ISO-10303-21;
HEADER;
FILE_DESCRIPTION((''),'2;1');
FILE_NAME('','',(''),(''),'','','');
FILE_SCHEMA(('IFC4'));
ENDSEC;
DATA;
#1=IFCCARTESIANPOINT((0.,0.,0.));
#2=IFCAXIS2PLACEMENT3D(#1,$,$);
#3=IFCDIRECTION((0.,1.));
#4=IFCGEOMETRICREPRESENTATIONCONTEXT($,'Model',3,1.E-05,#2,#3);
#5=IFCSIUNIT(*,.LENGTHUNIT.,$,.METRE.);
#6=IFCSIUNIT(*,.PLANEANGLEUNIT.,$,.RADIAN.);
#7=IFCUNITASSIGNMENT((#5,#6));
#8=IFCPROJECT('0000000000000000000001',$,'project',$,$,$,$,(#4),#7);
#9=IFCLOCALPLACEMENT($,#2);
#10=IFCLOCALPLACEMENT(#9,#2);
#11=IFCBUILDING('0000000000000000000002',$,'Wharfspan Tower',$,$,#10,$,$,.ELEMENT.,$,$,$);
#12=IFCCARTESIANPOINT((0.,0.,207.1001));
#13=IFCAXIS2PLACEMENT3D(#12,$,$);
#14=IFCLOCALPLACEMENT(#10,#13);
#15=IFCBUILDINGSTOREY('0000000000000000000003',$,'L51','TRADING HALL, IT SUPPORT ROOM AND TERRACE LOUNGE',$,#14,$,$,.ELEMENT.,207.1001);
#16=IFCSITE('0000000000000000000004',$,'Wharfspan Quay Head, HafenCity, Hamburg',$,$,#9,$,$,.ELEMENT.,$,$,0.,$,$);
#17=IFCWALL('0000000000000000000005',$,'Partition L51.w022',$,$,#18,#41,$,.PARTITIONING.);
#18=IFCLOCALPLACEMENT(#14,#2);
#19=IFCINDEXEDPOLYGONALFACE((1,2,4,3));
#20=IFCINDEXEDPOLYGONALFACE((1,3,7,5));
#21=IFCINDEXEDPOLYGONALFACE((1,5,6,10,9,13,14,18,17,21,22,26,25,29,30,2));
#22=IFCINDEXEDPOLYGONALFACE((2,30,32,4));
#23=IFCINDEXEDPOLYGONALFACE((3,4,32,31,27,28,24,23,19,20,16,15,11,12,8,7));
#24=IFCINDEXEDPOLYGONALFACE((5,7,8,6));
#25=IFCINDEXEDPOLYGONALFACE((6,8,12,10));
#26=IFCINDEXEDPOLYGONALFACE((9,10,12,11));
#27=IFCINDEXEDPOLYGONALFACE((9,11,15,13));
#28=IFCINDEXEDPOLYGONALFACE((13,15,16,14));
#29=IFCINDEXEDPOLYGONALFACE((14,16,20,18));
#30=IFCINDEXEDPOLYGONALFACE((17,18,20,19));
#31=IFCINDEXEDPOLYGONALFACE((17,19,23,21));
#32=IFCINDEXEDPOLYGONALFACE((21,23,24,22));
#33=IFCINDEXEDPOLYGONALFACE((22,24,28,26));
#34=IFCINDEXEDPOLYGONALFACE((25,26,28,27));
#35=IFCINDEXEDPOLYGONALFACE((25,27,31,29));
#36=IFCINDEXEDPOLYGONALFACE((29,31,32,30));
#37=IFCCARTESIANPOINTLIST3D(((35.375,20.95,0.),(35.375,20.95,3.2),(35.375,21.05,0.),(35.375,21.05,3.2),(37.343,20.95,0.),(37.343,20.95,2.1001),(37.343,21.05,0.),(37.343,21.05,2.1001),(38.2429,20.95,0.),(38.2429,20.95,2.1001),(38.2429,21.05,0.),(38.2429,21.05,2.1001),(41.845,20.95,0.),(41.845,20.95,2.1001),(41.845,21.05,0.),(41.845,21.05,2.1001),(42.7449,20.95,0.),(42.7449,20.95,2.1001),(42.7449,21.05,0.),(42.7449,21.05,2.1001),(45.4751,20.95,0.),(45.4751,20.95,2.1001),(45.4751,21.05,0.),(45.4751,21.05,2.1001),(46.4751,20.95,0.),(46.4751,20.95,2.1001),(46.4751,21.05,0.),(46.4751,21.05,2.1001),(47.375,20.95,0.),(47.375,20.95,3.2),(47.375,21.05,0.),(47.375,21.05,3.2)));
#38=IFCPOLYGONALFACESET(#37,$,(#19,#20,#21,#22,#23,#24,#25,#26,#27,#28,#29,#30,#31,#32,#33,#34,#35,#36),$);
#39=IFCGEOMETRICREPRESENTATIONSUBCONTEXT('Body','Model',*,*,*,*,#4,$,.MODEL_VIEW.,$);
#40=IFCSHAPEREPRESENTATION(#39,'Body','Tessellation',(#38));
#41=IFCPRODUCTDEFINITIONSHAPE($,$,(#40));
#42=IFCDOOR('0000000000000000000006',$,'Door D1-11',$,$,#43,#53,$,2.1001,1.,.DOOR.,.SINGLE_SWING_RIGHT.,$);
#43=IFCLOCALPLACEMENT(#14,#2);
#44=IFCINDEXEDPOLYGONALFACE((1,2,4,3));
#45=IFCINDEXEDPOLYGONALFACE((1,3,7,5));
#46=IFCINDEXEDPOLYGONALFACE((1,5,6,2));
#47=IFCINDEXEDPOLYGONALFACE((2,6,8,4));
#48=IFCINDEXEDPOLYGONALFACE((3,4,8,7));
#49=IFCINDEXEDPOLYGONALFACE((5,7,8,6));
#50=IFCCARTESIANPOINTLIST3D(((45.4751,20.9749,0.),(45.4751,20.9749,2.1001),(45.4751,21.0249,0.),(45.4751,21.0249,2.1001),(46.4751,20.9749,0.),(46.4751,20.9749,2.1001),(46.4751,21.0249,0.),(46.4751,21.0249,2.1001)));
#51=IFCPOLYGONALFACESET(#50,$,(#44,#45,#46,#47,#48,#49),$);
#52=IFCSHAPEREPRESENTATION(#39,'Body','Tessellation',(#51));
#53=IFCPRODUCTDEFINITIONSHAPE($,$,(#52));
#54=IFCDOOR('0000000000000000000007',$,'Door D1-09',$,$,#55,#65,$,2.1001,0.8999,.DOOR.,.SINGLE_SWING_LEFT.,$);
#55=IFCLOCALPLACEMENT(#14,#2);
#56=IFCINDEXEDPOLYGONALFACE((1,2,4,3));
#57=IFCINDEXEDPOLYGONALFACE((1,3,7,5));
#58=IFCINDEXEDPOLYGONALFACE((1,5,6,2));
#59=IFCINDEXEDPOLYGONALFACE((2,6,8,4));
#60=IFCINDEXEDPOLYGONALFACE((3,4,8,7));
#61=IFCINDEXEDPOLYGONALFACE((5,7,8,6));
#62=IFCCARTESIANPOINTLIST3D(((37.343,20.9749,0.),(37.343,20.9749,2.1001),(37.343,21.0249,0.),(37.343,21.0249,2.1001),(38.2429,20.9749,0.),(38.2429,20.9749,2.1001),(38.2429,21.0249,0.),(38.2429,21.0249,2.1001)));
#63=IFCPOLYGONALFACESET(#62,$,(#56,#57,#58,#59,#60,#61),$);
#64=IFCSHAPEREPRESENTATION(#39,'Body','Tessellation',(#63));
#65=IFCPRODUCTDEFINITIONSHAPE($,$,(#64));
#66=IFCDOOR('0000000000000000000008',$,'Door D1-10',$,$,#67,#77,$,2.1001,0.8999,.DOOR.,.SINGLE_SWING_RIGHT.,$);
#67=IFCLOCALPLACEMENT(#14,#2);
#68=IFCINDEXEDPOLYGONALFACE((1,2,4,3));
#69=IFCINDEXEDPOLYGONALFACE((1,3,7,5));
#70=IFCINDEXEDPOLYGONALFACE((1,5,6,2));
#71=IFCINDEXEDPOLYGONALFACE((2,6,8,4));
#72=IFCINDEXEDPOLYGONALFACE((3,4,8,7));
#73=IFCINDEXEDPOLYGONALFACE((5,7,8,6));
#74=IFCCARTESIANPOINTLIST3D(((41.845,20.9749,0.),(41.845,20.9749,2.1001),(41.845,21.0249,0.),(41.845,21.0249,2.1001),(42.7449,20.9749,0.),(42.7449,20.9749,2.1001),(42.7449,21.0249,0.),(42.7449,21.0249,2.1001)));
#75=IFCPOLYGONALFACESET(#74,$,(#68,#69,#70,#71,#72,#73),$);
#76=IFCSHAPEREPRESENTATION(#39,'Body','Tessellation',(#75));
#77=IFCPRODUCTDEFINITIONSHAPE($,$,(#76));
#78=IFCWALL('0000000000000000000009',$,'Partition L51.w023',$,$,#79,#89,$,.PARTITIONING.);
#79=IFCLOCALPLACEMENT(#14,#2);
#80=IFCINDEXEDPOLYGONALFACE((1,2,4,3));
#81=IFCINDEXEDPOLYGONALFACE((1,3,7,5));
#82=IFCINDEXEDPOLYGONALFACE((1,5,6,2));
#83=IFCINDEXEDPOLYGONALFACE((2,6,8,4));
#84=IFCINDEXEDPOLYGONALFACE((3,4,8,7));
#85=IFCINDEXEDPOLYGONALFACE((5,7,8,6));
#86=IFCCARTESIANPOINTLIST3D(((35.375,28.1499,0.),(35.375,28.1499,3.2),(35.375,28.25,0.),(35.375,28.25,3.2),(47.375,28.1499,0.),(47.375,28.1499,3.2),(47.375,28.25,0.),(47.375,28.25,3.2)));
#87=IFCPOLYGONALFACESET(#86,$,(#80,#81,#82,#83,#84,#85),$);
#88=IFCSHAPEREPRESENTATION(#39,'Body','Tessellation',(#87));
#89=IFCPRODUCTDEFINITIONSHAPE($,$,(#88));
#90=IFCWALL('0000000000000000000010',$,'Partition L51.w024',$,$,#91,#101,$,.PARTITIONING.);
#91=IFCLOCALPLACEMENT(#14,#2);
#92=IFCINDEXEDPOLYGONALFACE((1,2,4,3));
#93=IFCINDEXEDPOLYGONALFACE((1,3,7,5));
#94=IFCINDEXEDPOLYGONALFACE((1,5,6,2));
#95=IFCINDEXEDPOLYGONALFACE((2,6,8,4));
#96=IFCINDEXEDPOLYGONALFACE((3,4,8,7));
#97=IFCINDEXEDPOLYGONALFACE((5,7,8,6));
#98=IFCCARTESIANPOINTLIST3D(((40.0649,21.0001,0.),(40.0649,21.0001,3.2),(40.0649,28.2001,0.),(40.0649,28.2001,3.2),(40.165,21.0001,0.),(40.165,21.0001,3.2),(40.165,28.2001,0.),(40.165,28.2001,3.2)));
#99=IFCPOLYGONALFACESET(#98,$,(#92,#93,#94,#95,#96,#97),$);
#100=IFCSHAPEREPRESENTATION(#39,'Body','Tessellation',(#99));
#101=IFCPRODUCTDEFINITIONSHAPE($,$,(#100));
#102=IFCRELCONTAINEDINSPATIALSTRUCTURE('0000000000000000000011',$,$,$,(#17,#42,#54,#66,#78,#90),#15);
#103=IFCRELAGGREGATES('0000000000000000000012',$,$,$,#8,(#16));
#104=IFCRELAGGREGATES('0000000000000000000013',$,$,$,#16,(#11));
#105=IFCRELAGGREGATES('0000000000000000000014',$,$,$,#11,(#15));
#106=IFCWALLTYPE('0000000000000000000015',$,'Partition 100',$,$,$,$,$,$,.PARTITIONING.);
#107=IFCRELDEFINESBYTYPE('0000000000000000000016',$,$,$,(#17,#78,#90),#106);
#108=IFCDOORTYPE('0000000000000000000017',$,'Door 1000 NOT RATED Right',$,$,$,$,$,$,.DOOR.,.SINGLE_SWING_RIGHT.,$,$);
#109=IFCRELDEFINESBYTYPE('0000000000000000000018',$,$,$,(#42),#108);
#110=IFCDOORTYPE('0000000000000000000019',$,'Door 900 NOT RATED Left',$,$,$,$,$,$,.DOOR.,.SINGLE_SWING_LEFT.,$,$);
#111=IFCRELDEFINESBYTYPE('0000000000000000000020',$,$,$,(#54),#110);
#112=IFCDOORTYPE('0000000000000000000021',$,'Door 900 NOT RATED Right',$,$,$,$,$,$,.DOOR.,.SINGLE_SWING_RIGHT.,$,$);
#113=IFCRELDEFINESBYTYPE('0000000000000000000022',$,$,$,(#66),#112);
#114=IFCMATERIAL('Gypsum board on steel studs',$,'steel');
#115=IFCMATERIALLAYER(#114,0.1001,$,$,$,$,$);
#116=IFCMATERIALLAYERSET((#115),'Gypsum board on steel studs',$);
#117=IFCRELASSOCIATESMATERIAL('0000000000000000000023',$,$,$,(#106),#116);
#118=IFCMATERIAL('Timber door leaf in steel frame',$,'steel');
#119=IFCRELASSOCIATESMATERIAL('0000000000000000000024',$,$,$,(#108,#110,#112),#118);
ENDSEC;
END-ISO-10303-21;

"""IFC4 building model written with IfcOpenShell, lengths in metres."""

from ifc_helpers import new_model, si_unit, direction, frame, frame_2d, origin, place, context, subcontext, project, spatial, rectangle, extrude, material, layer, layer_set, type_object, element, fill, save


model = new_model("IFC4")

# Units and contexts
model_context = context("Model", 3, precision=1e-05, world=origin(), true_north=direction((0.0, 1.0)))
body_context = subcontext(model_context, "Body", "Model", "MODEL_VIEW")
ifc_project = project(units=[si_unit("LENGTHUNIT", "METRE"), si_unit("PLANEANGLEUNIT", "RADIAN")], contexts=[model_context])

# Site, building, storey
site_placement = place(None, origin())
site = spatial("IfcSite", under=ifc_project, at=site_placement, Name="Wharfspan Quay Head, HafenCity, Hamburg", CompositionType="ELEMENT", RefElevation=0.0)
building_placement = place(site_placement, origin())
building = spatial("IfcBuilding", under=site, at=building_placement, Name="Wharfspan Tower", CompositionType="ELEMENT")
storey_placement = place(building_placement, frame((0.0, 0.0, 207.1001)))
storey = spatial("IfcBuildingStorey", under=building, at=storey_placement, Name="L51", Description="TRADING HALL, IT SUPPORT ROOM AND TERRACE LOUNGE", CompositionType="ELEMENT", Elevation=207.1001)

# Shared definitions
ifc_material_1 = material(Name="Gypsum board on steel studs", Category="steel")

# Wall, openings, doors
ifc_layer_1 = layer(ifc_material_1, 0.1001)
ifc_layer_set_1 = layer_set([ifc_layer_1], Name="Gypsum board on steel studs")
wall_type_1 = type_object("IfcWallType", Name="Partition 100", PredefinedType="PARTITIONING", material=ifc_layer_set_1)
wall_1_placement = place(storey_placement, frame((35.375, 21.0, 0.0), z_axis=(0.0, 0.0, 1.0), x_axis=(1.0, 0.0, 0.0)))
wall_1 = element("IfcWall", 1, at=wall_1_placement, inside=storey, type_object=wall_type_1, Name="Partition L51.w022", PredefinedType="PARTITIONING", context=body_context, shape_type="SweptSolid", body=[
    extrude(rectangle(XDim=12.0, YDim=0.1001, at=frame_2d((6.0, 0.0))), origin(), (0.0, 0.0, 1.0), 3.2),
])
opening_1_placement = place(wall_1_placement, frame((1.968, 0.0, 0.0)))
opening_1 = element("IfcOpeningElement", 2, at=opening_1_placement, cuts=wall_1, PredefinedType="OPENING", context=body_context, shape_type="SweptSolid", body=[
    extrude(rectangle(XDim=0.8999, YDim=2.1001, at=frame_2d((0.45, 1.05))), frame((0.0, 0.0601, 0.0), z_axis=(0.0, -1.0, 0.0), x_axis=(1.0, 0.0, 0.0)), (0.0, 0.0, 1.0), 0.1201),
])
opening_2_placement = place(wall_1_placement, frame((6.47, 0.0, 0.0)))
opening_2 = element("IfcOpeningElement", 3, at=opening_2_placement, cuts=wall_1, PredefinedType="OPENING", context=body_context, shape_type="SweptSolid", body=[
    extrude(rectangle(XDim=0.8999, YDim=2.1001, at=frame_2d((0.45, 1.05))), frame((0.0, 0.0601, 0.0), z_axis=(0.0, -1.0, 0.0), x_axis=(1.0, 0.0, 0.0)), (0.0, 0.0, 1.0), 0.1201),
])
opening_3_placement = place(wall_1_placement, frame((10.1001, 0.0, 0.0)))
opening_3 = element("IfcOpeningElement", 4, at=opening_3_placement, cuts=wall_1, PredefinedType="OPENING", context=body_context, shape_type="SweptSolid", body=[
    extrude(rectangle(XDim=1.0, YDim=2.1001, at=frame_2d((0.5, 1.05))), frame((0.0, 0.0601, 0.0), z_axis=(0.0, -1.0, 0.0), x_axis=(1.0, 0.0, 0.0)), (0.0, 0.0, 1.0), 0.1201),
])
ifc_material_2 = material(Name="Timber door leaf in steel frame", Category="steel")
door_type_1 = type_object("IfcDoorType", Name="Door 1000 NOT RATED Right", OperationType="SINGLE_SWING_RIGHT", PredefinedType="DOOR", material=ifc_material_2)
door_1_placement = place(opening_3_placement, origin())
door_1 = element("IfcDoor", 5, at=door_1_placement, inside=storey, type_object=door_type_1, Name="Door D1-11", OperationType="SINGLE_SWING_RIGHT", OverallHeight=2.1001, OverallWidth=1.0, PredefinedType="DOOR", context=body_context, shape_type="SweptSolid", body=[
    extrude(rectangle(XDim=1.0, YDim=2.1001, at=frame_2d((0.5, 1.05))), frame((0.0, 0.0249, 0.0), z_axis=(0.0, -1.0, 0.0), x_axis=(1.0, 0.0, 0.0)), (0.0, 0.0, 1.0), 0.05),
])
fill(opening_3, door_1)
door_type_2 = type_object("IfcDoorType", Name="Door 900 NOT RATED Left", OperationType="SINGLE_SWING_LEFT", PredefinedType="DOOR", material=ifc_material_2)
door_2_placement = place(opening_1_placement, origin())
door_2 = element("IfcDoor", 6, at=door_2_placement, inside=storey, type_object=door_type_2, Name="Door D1-09", OperationType="SINGLE_SWING_LEFT", OverallHeight=2.1001, OverallWidth=0.8999, PredefinedType="DOOR", context=body_context, shape_type="SweptSolid", body=[
    extrude(rectangle(XDim=0.8999, YDim=2.1001, at=frame_2d((0.45, 1.05))), frame((0.0, 0.0249, 0.0), z_axis=(0.0, -1.0, 0.0), x_axis=(1.0, 0.0, 0.0)), (0.0, 0.0, 1.0), 0.05),
])
fill(opening_1, door_2)
door_type_3 = type_object("IfcDoorType", Name="Door 900 NOT RATED Right", OperationType="SINGLE_SWING_RIGHT", PredefinedType="DOOR", material=ifc_material_2)
door_3_placement = place(opening_2_placement, origin())
door_3 = element("IfcDoor", 7, at=door_3_placement, inside=storey, type_object=door_type_3, Name="Door D1-10", OperationType="SINGLE_SWING_RIGHT", OverallHeight=2.1001, OverallWidth=0.8999, PredefinedType="DOOR", context=body_context, shape_type="SweptSolid", body=[
    extrude(rectangle(XDim=0.8999, YDim=2.1001, at=frame_2d((0.45, 1.05))), frame((0.0, 0.0249, 0.0), z_axis=(0.0, -1.0, 0.0), x_axis=(1.0, 0.0, 0.0)), (0.0, 0.0, 1.0), 0.05),
])
fill(opening_2, door_3)

# Walls
wall_2_placement = place(storey_placement, frame((35.375, 28.2, 0.0), z_axis=(0.0, 0.0, 1.0), x_axis=(1.0, 0.0, 0.0)))
element("IfcWall", 8, at=wall_2_placement, inside=storey, type_object=wall_type_1, Name="Partition L51.w023", PredefinedType="PARTITIONING", context=body_context, shape_type="SweptSolid", body=[
    extrude(rectangle(XDim=12.0, YDim=0.1001, at=frame_2d((6.0, 0.0))), origin(), (0.0, 0.0, 1.0), 3.2),
])
wall_3_placement = place(storey_placement, frame((40.115, 21.0, 0.0), z_axis=(0.0, 0.0, 1.0), x_axis=(0.0, 1.0, 0.0)))
element("IfcWall", 9, at=wall_3_placement, inside=storey, type_object=wall_type_1, Name="Partition L51.w024", PredefinedType="PARTITIONING", context=body_context, shape_type="SweptSolid", body=[
    extrude(rectangle(XDim=7.2, YDim=0.1001, at=frame_2d((3.6001, 0.0))), origin(), (0.0, 0.0, 1.0), 3.2),
])

save(model, "model.ifc")
